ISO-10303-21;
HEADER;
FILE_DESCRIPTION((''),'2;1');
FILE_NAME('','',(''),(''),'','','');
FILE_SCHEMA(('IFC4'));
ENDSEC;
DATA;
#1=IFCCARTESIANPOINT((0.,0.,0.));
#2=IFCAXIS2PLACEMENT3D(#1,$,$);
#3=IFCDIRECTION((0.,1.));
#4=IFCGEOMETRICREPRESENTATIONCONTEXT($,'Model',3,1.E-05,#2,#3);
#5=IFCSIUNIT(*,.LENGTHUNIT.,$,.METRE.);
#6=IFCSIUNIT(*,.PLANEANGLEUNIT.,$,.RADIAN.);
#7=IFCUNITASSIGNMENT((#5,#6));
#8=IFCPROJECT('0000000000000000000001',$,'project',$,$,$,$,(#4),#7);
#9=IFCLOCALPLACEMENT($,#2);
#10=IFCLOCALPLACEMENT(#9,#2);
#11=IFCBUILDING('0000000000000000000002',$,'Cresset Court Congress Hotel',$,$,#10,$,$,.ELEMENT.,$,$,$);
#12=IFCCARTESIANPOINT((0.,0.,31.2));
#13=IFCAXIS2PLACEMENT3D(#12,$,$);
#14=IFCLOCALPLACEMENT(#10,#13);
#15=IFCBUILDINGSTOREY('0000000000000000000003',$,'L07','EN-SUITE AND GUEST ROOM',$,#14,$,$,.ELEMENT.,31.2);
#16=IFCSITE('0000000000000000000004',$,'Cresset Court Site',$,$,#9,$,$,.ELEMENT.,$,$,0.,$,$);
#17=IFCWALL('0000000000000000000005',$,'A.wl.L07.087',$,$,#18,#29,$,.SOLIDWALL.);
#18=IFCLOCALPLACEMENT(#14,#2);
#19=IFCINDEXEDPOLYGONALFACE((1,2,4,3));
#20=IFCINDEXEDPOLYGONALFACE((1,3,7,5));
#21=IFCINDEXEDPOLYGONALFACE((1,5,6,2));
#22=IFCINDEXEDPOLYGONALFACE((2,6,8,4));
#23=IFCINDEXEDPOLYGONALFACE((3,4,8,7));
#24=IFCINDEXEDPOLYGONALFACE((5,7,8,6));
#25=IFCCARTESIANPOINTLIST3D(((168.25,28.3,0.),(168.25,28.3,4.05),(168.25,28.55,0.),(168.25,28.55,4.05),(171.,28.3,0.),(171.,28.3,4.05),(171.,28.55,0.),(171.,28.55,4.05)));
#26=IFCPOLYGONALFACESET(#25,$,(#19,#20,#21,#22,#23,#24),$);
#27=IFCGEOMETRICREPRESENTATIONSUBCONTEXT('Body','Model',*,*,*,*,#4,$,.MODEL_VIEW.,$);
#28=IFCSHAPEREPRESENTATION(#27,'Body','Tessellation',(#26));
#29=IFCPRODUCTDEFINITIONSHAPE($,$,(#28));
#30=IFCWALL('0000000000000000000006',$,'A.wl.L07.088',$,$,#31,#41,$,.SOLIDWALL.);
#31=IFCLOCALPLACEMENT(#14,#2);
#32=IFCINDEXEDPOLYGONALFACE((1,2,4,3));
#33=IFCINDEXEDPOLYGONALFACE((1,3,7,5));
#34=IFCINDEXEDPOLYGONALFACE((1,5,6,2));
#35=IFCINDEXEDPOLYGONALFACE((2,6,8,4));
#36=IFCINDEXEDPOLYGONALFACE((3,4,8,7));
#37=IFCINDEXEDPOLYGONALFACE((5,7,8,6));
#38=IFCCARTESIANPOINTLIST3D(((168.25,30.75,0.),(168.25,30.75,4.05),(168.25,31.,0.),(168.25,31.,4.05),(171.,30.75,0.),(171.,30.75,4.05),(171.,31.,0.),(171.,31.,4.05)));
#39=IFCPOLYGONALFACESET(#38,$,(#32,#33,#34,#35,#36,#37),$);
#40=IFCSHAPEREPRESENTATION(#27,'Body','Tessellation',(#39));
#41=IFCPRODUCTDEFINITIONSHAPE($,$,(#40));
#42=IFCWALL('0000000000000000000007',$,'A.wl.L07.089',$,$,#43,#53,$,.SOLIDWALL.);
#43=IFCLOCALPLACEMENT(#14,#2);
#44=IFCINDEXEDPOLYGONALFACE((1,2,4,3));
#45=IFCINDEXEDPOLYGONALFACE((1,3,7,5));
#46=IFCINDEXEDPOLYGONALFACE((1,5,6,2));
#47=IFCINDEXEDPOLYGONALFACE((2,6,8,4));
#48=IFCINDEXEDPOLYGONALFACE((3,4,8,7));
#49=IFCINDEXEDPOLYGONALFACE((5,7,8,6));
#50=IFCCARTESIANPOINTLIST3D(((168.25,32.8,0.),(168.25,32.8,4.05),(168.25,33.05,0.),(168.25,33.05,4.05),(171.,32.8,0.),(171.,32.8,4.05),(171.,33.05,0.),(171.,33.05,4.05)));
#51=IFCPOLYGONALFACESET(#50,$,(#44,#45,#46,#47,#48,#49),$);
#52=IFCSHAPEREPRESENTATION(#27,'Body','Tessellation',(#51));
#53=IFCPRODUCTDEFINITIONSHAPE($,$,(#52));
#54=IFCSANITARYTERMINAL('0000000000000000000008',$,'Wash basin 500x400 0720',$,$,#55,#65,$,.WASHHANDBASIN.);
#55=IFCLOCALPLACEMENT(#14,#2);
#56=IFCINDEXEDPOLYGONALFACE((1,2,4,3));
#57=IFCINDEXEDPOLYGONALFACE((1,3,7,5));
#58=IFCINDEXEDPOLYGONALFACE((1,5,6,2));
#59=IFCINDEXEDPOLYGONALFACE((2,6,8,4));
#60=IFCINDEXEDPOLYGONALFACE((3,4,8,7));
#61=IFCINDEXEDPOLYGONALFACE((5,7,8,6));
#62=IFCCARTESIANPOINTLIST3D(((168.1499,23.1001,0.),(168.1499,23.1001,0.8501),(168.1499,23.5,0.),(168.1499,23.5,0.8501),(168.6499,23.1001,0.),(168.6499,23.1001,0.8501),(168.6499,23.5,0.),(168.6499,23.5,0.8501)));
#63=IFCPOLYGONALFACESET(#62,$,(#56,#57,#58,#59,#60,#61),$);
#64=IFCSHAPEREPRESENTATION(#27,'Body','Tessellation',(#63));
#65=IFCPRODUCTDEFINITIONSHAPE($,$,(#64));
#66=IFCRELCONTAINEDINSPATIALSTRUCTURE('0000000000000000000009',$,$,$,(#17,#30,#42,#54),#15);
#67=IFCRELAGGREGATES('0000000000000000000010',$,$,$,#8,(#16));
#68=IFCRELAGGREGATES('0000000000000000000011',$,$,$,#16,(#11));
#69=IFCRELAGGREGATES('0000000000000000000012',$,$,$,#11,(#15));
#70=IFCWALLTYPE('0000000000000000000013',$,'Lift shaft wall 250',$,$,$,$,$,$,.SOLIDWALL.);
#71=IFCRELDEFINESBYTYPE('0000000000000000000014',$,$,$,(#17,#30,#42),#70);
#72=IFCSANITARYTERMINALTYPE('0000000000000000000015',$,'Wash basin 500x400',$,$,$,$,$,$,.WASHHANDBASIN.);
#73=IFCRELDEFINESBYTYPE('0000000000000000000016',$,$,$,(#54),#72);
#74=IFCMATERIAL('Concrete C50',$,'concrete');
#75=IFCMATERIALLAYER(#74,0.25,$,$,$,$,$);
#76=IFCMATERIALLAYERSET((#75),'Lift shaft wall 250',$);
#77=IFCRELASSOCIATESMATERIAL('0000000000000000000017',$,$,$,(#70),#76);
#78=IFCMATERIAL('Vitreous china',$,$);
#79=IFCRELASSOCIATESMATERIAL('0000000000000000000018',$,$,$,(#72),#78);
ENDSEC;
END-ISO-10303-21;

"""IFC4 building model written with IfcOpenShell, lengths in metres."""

from ifc_helpers import new_model, si_unit, direction, frame, frame_2d, origin, origin_2d, place, context, subcontext, project, spatial, rectangle, extrude, material, layer, layer_set, type_object, element, save


model = new_model("IFC4")

# Units and contexts
model_context = context("Model", 3, precision=1e-05, world=origin(), true_north=direction((0.0, 1.0)))
body_context = subcontext(model_context, "Body", "Model", "MODEL_VIEW")
ifc_project = project(units=[si_unit("LENGTHUNIT", "METRE"), si_unit("PLANEANGLEUNIT", "RADIAN")], contexts=[model_context])

# Site, building, storey
site_placement = place(None, origin())
site = spatial("IfcSite", under=ifc_project, at=site_placement, Name="Cresset Court Site", CompositionType="ELEMENT", RefElevation=0.0)
building_placement = place(site_placement, origin())
building = spatial("IfcBuilding", under=site, at=building_placement, Name="Cresset Court Congress Hotel", CompositionType="ELEMENT")
storey_placement = place(building_placement, frame((0.0, 0.0, 31.2)))
storey = spatial("IfcBuildingStorey", under=building, at=storey_placement, Name="L07", Description="EN-SUITE AND GUEST ROOM", CompositionType="ELEMENT", Elevation=31.2)

# Walls
ifc_material_1 = material(Name="Concrete C50", Category="concrete")
ifc_layer_1 = layer(ifc_material_1, 0.25)
ifc_layer_set_1 = layer_set([ifc_layer_1], Name="Lift shaft wall 250")
wall_type_1 = type_object("IfcWallType", Name="Lift shaft wall 250", PredefinedType="SOLIDWALL", material=ifc_layer_set_1)
for number, where, z_axis, x_axis, name in (
    (1, (168.25, 28.425, 0.0), (0.0, 0.0, 1.0), (1.0, 0.0, 0.0), "A.wl.L07.087"),
    (2, (168.25, 30.875, 0.0), (0.0, 0.0, 1.0), (1.0, 0.0, 0.0), "A.wl.L07.088"),
    (3, (168.25, 32.925, 0.0), (0.0, 0.0, 1.0), (1.0, 0.0, 0.0), "A.wl.L07.089"),
):
    element("IfcWall", number, at=place(storey_placement, frame(where, z_axis=z_axis, x_axis=x_axis)), inside=storey, type_object=wall_type_1, Name=name, PredefinedType="SOLIDWALL", context=body_context, shape_type="SweptSolid", body=[
        extrude(rectangle(XDim=2.75, YDim=0.25, at=frame_2d((1.375, 0.0))), origin(), (0.0, 0.0, 1.0), 4.05),
    ])

# Sanitary terminal
ifc_material_2 = material(Name="Vitreous china")
sanitary_terminal_type = type_object("IfcSanitaryTerminalType", Name="Wash basin 500x400", PredefinedType="WASHHANDBASIN", material=ifc_material_2)
sanitary_terminal_placement = place(storey_placement, frame((168.3999, 23.3, 0.0), z_axis=(0.0, 0.0, 1.0), x_axis=(1.0, 0.0, 0.0)))
element("IfcSanitaryTerminal", 4, at=sanitary_terminal_placement, inside=storey, type_object=sanitary_terminal_type, Name="Wash basin 500x400 0720", PredefinedType="WASHHANDBASIN", context=body_context, shape_type="SweptSolid", body=[
    extrude(rectangle(XDim=0.5, YDim=0.3999, at=origin_2d()), origin(), (0.0, 0.0, 1.0), 0.8501),
])

save(model, "model.ifc")
